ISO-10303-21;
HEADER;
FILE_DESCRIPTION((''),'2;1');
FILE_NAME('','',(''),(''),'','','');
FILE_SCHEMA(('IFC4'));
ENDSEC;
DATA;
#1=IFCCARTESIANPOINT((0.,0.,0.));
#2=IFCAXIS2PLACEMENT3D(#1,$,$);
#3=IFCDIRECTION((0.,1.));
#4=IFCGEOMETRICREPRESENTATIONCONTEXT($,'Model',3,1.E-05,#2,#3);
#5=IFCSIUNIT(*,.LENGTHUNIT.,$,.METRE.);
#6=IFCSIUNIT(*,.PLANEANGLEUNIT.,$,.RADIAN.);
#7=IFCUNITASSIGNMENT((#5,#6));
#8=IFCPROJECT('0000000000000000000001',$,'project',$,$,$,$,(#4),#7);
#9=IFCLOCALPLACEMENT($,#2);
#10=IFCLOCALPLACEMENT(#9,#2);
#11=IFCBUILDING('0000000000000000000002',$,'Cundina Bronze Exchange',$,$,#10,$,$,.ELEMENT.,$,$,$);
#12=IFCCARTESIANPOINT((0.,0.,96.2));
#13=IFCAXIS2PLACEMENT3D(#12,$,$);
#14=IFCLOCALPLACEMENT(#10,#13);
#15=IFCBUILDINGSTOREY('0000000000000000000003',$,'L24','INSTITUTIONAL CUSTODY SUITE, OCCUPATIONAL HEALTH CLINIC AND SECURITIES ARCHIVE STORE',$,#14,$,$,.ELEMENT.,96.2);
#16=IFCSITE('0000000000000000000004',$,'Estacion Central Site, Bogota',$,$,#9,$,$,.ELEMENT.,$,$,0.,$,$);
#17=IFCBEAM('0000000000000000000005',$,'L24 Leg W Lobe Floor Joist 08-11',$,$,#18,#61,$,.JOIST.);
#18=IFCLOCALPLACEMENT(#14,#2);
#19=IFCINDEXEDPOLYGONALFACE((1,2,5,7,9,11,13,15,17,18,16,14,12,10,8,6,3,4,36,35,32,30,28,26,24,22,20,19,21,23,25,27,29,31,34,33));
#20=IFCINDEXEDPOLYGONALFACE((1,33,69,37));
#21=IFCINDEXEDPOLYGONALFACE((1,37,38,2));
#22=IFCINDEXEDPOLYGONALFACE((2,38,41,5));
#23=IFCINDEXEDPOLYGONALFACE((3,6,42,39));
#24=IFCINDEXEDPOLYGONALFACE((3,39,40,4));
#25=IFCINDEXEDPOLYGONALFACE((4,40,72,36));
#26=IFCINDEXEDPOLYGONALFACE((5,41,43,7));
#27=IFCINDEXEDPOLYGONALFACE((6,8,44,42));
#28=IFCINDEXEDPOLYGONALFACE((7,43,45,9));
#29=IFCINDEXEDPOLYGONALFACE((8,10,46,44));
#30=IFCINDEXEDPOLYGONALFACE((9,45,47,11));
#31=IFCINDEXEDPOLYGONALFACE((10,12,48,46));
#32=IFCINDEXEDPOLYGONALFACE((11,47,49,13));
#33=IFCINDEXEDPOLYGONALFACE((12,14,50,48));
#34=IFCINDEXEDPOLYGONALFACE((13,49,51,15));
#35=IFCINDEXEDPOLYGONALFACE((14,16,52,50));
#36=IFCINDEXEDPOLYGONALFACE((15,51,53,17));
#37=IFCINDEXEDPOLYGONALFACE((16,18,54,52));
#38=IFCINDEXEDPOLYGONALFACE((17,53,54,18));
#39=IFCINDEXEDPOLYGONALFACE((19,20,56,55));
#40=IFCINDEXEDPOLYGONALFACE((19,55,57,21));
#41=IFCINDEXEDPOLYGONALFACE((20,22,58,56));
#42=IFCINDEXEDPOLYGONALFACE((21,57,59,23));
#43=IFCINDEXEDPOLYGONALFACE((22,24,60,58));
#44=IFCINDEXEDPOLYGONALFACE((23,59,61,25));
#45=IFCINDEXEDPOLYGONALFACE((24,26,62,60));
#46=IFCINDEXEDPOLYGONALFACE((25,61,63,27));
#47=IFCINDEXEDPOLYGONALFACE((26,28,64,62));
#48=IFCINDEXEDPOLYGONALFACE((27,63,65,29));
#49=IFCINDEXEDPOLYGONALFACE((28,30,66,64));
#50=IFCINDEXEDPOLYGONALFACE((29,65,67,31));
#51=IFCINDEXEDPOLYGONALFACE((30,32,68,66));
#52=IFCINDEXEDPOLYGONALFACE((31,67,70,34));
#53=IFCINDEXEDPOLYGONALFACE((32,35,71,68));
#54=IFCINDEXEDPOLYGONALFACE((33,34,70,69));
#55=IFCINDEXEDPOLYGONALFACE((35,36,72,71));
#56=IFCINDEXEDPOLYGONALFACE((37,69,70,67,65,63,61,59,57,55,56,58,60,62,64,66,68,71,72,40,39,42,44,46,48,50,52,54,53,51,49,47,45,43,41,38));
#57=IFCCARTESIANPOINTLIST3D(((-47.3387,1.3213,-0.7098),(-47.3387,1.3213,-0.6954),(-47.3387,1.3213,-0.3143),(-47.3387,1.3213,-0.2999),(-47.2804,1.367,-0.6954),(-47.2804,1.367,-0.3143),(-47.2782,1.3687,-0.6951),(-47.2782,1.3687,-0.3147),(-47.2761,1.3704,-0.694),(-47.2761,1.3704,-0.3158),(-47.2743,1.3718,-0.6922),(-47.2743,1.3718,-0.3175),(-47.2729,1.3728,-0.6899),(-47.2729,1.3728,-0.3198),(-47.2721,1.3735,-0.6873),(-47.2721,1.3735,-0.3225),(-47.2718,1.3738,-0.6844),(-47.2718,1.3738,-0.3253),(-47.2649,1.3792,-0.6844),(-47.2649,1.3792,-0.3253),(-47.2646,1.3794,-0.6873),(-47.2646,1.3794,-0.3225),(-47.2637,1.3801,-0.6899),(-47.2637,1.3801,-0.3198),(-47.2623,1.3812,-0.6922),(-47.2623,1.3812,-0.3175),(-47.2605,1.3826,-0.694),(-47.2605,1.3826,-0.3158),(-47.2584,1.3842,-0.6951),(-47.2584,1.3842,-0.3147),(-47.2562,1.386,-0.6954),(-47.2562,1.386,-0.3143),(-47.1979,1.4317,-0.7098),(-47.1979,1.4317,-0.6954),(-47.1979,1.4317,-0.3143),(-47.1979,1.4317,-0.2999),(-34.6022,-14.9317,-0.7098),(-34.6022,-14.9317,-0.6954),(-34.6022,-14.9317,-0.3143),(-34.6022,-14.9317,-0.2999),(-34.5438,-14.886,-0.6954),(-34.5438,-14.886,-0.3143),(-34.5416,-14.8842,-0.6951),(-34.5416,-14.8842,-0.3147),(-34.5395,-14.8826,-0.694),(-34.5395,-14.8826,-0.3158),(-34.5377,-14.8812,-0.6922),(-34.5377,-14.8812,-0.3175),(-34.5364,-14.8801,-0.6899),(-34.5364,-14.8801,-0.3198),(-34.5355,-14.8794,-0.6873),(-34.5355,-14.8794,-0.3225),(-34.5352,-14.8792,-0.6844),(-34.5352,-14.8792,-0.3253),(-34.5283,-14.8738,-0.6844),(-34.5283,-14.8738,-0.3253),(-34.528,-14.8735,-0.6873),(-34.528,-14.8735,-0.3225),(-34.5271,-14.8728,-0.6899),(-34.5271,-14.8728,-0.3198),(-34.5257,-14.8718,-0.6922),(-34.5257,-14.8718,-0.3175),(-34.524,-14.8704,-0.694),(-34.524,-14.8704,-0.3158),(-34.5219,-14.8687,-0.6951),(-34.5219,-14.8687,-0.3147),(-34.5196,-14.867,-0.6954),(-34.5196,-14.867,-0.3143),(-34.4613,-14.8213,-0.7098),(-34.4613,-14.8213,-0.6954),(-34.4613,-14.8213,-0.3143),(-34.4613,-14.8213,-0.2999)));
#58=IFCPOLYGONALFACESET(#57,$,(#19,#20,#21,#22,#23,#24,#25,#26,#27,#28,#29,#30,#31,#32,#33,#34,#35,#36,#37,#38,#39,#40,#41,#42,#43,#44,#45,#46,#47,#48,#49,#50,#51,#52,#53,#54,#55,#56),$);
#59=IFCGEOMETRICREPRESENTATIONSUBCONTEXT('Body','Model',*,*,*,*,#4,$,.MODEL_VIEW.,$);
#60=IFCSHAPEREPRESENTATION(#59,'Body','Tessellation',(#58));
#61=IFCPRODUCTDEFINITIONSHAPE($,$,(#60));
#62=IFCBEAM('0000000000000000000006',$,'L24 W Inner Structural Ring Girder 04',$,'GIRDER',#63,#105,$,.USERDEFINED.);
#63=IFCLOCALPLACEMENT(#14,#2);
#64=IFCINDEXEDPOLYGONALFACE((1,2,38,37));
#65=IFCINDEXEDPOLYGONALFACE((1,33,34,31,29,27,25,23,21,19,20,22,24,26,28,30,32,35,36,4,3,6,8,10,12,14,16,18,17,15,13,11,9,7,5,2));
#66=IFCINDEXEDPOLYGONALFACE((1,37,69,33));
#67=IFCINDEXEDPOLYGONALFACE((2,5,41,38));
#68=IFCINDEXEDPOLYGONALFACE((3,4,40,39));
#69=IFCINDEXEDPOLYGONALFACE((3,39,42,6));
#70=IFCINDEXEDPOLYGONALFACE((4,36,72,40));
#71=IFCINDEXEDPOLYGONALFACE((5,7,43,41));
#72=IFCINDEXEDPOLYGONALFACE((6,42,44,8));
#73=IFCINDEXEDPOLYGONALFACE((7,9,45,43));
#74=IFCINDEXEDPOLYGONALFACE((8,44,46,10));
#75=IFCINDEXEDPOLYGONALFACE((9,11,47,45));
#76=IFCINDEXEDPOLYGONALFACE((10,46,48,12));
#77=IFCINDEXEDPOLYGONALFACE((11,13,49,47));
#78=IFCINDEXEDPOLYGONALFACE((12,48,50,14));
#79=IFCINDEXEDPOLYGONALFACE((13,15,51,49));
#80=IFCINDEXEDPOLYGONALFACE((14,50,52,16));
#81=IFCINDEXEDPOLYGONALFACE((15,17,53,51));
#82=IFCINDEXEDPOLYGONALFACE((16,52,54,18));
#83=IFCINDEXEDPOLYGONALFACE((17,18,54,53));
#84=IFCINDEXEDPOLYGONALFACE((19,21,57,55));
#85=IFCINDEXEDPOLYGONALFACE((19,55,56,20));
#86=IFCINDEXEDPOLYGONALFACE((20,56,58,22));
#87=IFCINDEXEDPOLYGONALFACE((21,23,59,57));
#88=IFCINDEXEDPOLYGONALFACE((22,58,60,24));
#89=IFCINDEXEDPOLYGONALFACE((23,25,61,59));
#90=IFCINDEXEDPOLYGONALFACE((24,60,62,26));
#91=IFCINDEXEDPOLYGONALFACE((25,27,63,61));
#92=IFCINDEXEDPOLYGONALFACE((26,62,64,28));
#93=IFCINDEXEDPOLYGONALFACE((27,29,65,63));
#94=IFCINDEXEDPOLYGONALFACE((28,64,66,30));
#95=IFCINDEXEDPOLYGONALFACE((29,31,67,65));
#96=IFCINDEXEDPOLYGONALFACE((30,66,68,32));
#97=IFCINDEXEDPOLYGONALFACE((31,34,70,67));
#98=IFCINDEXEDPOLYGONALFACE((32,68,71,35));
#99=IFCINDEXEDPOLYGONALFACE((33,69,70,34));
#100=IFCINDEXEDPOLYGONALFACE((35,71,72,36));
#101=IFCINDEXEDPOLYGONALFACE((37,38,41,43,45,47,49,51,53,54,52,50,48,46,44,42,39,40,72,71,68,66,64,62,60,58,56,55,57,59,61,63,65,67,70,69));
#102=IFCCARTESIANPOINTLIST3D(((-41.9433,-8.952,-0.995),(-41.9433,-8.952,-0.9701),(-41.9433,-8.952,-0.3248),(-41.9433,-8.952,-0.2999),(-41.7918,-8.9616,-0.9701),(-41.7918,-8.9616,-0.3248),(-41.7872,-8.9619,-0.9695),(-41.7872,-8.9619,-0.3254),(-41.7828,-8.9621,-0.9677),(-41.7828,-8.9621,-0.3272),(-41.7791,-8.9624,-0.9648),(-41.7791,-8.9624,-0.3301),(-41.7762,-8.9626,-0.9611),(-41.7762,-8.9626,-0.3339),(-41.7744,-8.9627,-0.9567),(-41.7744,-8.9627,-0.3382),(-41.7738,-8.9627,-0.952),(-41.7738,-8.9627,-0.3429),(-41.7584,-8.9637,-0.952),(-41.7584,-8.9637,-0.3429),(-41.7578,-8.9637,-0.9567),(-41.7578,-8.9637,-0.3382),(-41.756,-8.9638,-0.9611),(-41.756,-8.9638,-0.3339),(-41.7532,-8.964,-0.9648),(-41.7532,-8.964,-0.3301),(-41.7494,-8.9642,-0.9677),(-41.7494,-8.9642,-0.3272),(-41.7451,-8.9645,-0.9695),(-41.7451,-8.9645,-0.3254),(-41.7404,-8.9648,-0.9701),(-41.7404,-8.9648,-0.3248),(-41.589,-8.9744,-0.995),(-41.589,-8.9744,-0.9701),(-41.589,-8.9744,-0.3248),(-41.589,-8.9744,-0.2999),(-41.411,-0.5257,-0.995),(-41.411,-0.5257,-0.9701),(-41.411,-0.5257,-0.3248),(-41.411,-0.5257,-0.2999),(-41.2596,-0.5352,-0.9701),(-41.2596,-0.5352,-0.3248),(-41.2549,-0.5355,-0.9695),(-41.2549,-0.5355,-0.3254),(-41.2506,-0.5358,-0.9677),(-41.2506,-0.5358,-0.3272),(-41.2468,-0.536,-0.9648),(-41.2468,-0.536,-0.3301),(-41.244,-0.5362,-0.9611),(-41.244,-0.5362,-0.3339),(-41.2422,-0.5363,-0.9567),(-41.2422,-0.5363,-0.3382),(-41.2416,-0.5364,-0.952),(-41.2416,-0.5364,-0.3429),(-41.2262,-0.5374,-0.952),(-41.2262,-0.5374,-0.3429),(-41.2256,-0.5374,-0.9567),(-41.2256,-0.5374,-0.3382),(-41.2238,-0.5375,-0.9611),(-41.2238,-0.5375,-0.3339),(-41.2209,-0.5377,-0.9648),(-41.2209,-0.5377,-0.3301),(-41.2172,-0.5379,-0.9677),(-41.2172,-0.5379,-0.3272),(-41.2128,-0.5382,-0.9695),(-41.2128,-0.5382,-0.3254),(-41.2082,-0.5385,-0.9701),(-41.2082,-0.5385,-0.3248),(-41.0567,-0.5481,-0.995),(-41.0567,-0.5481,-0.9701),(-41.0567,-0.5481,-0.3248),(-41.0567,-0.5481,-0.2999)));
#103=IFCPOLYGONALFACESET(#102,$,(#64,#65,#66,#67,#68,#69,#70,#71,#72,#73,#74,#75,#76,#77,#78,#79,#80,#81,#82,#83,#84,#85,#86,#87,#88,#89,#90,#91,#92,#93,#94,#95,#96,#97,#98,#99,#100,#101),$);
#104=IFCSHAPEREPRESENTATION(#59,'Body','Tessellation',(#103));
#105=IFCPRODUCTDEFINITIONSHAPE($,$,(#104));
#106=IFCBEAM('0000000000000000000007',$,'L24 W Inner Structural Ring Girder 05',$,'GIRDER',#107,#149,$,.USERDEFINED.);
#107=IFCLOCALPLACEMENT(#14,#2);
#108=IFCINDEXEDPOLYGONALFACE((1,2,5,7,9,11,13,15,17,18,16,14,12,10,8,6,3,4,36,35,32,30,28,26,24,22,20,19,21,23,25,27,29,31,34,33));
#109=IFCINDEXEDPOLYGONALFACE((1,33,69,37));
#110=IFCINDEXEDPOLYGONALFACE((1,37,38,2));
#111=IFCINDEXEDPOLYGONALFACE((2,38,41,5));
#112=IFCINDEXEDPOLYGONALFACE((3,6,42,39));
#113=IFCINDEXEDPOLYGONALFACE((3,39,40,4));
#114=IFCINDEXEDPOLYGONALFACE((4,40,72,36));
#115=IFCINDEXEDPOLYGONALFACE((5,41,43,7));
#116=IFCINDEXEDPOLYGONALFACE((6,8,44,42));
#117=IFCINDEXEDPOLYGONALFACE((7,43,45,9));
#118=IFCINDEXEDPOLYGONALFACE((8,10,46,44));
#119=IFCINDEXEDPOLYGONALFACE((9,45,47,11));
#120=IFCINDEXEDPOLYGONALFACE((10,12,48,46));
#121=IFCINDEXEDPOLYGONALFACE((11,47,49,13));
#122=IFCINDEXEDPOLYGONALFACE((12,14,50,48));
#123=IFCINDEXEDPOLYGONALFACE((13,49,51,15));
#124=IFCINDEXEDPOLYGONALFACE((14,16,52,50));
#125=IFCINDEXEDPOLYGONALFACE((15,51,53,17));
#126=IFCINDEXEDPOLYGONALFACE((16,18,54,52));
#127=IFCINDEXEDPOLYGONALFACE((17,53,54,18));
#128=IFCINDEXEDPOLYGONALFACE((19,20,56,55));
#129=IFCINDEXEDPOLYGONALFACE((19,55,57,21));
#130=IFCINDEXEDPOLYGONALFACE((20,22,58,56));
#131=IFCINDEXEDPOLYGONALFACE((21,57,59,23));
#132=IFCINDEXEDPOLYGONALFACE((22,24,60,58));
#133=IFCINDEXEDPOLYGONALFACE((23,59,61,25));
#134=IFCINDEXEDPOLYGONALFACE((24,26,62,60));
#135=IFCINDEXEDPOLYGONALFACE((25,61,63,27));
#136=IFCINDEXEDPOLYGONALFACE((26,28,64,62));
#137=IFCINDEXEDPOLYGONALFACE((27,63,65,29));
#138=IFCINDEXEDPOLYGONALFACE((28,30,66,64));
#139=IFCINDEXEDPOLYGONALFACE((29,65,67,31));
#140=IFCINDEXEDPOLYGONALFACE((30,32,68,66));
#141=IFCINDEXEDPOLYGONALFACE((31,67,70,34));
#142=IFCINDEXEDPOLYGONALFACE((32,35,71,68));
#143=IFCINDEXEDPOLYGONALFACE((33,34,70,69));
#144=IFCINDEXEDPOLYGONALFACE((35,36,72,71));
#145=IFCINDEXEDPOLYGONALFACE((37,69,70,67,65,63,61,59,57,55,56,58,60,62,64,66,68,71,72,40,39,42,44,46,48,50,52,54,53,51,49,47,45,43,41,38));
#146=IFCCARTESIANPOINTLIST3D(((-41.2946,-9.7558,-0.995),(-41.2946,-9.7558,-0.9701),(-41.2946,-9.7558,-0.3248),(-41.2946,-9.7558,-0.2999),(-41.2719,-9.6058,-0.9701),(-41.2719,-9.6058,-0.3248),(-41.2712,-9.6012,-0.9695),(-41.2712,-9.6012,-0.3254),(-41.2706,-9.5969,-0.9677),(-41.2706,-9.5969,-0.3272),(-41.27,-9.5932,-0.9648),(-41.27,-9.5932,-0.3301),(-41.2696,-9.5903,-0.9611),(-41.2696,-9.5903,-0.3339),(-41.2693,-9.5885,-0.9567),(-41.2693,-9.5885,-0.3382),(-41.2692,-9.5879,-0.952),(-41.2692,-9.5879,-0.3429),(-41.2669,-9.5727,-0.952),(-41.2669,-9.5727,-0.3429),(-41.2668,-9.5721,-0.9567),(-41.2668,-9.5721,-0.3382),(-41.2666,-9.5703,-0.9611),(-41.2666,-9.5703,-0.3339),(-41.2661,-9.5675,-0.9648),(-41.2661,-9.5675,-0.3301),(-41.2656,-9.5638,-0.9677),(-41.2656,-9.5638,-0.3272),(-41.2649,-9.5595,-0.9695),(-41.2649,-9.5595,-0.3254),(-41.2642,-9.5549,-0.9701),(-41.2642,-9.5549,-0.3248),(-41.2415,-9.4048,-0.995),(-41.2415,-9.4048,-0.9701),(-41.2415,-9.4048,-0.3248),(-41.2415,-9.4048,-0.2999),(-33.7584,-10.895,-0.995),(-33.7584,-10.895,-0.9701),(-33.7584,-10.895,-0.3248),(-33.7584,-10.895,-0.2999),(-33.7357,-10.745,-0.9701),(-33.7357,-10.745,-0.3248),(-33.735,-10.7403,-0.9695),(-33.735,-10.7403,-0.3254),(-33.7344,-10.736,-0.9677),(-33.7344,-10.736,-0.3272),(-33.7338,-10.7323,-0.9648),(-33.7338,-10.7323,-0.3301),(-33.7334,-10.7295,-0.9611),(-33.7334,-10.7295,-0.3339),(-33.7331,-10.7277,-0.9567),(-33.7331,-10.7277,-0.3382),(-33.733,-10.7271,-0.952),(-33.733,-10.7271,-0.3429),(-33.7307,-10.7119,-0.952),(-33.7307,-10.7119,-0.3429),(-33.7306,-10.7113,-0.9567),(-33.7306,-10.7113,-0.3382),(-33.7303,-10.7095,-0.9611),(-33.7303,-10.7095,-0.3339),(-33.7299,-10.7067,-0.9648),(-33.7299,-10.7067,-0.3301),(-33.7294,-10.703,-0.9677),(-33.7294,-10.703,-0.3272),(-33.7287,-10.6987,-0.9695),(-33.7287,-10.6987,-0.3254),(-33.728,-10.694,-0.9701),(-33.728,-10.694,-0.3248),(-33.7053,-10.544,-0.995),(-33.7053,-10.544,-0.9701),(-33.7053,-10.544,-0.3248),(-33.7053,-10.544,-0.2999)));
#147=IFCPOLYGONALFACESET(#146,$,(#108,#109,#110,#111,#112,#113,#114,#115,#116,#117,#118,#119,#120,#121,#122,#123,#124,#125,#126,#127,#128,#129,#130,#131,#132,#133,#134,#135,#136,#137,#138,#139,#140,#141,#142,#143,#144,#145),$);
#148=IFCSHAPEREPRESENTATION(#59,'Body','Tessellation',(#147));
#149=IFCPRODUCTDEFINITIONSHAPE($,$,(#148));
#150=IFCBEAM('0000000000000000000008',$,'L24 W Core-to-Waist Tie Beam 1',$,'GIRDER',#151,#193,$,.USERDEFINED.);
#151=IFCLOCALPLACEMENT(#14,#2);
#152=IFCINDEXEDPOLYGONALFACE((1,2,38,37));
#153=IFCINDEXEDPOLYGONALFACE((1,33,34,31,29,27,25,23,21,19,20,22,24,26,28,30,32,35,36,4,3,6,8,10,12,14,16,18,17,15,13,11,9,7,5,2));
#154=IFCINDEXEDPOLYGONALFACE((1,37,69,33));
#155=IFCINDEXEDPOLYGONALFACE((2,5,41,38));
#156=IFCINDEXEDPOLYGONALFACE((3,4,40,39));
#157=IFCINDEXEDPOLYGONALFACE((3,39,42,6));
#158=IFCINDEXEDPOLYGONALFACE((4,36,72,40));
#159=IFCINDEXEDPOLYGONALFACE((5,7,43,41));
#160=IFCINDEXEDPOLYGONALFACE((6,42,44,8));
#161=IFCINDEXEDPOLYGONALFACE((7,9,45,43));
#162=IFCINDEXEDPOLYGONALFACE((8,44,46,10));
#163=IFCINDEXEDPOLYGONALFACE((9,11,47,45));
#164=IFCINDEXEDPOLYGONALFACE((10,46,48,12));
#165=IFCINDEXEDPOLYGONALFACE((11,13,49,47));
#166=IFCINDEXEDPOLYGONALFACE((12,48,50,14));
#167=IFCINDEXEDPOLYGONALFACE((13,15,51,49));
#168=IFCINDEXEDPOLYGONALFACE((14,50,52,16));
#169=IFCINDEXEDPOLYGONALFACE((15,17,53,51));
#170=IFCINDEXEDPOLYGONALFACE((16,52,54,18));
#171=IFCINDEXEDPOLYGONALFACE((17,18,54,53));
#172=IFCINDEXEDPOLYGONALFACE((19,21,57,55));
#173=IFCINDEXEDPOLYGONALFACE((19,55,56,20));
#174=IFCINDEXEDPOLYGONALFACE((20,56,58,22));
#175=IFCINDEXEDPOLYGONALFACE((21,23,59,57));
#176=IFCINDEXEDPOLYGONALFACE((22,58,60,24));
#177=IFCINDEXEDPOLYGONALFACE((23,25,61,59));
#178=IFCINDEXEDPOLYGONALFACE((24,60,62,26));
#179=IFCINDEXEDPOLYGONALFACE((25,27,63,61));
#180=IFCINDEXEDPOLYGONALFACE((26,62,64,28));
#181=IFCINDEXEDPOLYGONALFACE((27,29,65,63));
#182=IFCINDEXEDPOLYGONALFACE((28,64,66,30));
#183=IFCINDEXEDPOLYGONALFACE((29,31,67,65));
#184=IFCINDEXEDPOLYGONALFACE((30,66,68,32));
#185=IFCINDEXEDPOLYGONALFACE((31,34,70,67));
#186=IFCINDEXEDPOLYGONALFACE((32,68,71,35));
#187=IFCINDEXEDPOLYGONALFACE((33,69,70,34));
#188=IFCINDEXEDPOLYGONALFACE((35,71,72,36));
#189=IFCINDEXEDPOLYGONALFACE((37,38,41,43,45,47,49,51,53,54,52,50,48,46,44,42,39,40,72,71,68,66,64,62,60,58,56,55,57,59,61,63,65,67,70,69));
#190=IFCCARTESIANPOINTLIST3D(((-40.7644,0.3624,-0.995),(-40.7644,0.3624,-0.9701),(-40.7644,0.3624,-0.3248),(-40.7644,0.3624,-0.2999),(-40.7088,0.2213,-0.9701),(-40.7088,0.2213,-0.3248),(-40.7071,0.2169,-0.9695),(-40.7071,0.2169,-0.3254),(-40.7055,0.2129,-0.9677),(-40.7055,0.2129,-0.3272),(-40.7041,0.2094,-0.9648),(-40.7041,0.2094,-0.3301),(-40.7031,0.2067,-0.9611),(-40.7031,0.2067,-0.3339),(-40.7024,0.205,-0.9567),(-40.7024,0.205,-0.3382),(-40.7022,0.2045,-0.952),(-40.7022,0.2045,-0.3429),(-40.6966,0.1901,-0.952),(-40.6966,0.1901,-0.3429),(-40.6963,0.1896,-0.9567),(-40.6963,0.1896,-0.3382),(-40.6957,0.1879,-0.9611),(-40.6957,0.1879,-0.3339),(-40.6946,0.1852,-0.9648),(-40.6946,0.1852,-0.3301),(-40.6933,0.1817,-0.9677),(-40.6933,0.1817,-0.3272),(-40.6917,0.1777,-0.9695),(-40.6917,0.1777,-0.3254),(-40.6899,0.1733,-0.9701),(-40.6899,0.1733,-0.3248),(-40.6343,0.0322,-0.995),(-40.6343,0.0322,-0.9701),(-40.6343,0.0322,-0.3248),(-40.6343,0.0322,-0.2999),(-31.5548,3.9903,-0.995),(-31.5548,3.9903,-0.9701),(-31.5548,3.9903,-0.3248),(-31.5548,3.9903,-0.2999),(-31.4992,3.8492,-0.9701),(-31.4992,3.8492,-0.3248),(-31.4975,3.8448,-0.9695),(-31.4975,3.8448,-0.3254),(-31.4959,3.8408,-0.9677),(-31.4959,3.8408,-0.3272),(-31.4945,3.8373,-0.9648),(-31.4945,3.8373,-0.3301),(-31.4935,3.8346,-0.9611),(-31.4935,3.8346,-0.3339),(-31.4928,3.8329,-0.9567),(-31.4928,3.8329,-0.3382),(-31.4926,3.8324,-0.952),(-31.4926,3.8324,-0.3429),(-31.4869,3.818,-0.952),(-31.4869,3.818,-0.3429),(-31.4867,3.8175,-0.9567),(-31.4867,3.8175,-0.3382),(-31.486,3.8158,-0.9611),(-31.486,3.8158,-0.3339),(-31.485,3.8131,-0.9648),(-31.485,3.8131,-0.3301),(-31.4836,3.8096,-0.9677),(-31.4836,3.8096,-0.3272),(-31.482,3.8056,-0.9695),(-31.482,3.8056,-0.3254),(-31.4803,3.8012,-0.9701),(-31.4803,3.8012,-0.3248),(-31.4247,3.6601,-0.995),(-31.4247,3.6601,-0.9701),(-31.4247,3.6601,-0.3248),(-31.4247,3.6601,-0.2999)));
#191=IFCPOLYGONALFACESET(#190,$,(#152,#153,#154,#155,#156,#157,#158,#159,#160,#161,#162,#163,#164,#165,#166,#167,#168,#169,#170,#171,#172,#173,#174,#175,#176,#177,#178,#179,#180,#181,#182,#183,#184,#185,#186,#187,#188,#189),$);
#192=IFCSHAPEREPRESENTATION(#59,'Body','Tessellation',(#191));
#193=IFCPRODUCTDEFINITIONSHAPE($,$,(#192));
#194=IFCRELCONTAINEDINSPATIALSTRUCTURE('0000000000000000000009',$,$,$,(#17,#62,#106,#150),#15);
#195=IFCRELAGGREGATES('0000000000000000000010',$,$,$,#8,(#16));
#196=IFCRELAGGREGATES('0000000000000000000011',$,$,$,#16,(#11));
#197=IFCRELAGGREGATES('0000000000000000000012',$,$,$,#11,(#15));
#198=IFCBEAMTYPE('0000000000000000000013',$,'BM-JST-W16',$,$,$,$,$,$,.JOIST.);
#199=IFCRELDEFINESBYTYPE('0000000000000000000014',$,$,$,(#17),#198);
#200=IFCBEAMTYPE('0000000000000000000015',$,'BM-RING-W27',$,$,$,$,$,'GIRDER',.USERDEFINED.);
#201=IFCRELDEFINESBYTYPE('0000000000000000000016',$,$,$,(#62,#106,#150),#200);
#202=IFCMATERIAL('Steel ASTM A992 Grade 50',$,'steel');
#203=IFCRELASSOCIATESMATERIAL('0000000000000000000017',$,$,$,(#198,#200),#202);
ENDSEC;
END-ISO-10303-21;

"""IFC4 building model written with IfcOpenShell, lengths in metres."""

from ifc_helpers import new_model, si_unit, direction, frame, origin, origin_2d, place, context, subcontext, project, spatial, i_section, extrude, material, material_profile, profile_set, type_object, element, save


model = new_model("IFC4")

# Units and contexts
model_context = context("Model", 3, precision=1e-05, world=origin(), true_north=direction((0.0, 1.0)))
body_context = subcontext(model_context, "Body", "Model", "MODEL_VIEW")
ifc_project = project(units=[si_unit("LENGTHUNIT", "METRE"), si_unit("PLANEANGLEUNIT", "RADIAN")], contexts=[model_context])

# Site, building, storey
site_placement = place(None, origin())
site = spatial("IfcSite", under=ifc_project, at=site_placement, Name="Estacion Central Site, Bogota", CompositionType="ELEMENT", RefElevation=0.0)
building_placement = place(site_placement, origin())
building = spatial("IfcBuilding", under=site, at=building_placement, Name="Cundina Bronze Exchange", CompositionType="ELEMENT")
storey_placement = place(building_placement, frame((0.0, 0.0, 96.2)))
storey = spatial("IfcBuildingStorey", under=building, at=storey_placement, Name="L24", Description="INSTITUTIONAL CUSTODY SUITE, OCCUPATIONAL HEALTH CLINIC AND SECURITIES ARCHIVE STORE", CompositionType="ELEMENT", Elevation=96.2)

# Shared definitions
ifc_material_1 = material(Name="Steel ASTM A992 Grade 50", Category="steel")

# Beams
ifc_material_profile_1 = material_profile(ifc_material_1, i_section(OverallWidth=0.179, OverallDepth=0.4099, WebThickness=0.0088, FlangeThickness=0.0144, FilletRadius=0.011, at=origin_2d()), Name="W16X45", Category="steel")
ifc_profile_set_1 = profile_set([ifc_material_profile_1], Name="Steel ASTM A992 Grade 50")
beam_type_1 = type_object("IfcBeamType", Name="BM-JST-W16", PredefinedType="JOIST", material=ifc_profile_set_1)
beam_1_placement = place(storey_placement, frame((-47.2683, 1.3765, -0.5049), z_axis=(0.616815, -0.787108, 0.0), x_axis=(0.787108, 0.616815, 0.0)))
element("IfcBeam", 1, at=beam_1_placement, inside=storey, type_object=beam_type_1, Name="L24 Leg W Lobe Floor Joist 08-11", PredefinedType="JOIST", context=body_context, shape_type="SweptSolid", body=[
    extrude(i_section(OverallWidth=0.179, OverallDepth=0.4099, WebThickness=0.0088, FlangeThickness=0.0144, FilletRadius=0.011, at=origin_2d()), origin(), (0.0, 0.0, 1.0), 20.6489),
])
ifc_material_profile_2 = material_profile(ifc_material_1, i_section(OverallWidth=0.355, OverallDepth=0.6951, WebThickness=0.0154, FlangeThickness=0.0249, FilletRadius=0.0181, at=origin_2d()), Name="W27X146", Category="steel")
ifc_profile_set_2 = profile_set([ifc_material_profile_2], Name="Steel ASTM A992 Grade 50")
beam_type_2 = type_object("IfcBeamType", Name="BM-RING-W27", ElementType="GIRDER", PredefinedType="USERDEFINED", material=ifc_profile_set_2)
beam_2_placement = place(storey_placement, frame((-41.2339, -0.5369, -0.6475), z_axis=(-0.063037, -0.998011, 0.0), x_axis=(0.998011, -0.063037, 0.0)))
element("IfcBeam", 2, at=beam_2_placement, inside=storey, type_object=beam_type_2, Name="L24 W Inner Structural Ring Girder 04", ObjectType="GIRDER", PredefinedType="USERDEFINED", context=body_context, shape_type="SweptSolid", body=[
    extrude(i_section(OverallWidth=0.355, OverallDepth=0.6951, WebThickness=0.0154, FlangeThickness=0.0249, FilletRadius=0.0181, at=origin_2d()), origin(), (0.0, 0.0, 1.0), 8.4431),
])
beam_3_placement = place(storey_placement, frame((-41.2681, -9.5803, -0.6475), z_axis=(0.988767, -0.149462, 0.0), x_axis=(0.149462, 0.988767, 0.0)))
element("IfcBeam", 3, at=beam_3_placement, inside=storey, type_object=beam_type_2, Name="L24 W Inner Structural Ring Girder 05", ObjectType="GIRDER", PredefinedType="USERDEFINED", context=body_context, shape_type="SweptSolid", body=[
    extrude(i_section(OverallWidth=0.355, OverallDepth=0.6951, WebThickness=0.0154, FlangeThickness=0.0249, FilletRadius=0.0181, at=origin_2d()), origin(), (0.0, 0.0, 1.0), 7.6218),
])
beam_4_placement = place(storey_placement, frame((-31.4897, 3.8252, -0.6475), z_axis=(-0.930413, -0.366512, 0.0), x_axis=(0.366512, -0.930413, 0.0)))
element("IfcBeam", 4, at=beam_4_placement, inside=storey, type_object=beam_type_2, Name="L24 W Core-to-Waist Tie Beam 1", ObjectType="GIRDER", PredefinedType="USERDEFINED", context=body_context, shape_type="SweptSolid", body=[
    extrude(i_section(OverallWidth=0.355, OverallDepth=0.6951, WebThickness=0.0154, FlangeThickness=0.0249, FilletRadius=0.0181, at=origin_2d()), origin(), (0.0, 0.0, 1.0), 9.8984),
])

save(model, "model.ifc")
